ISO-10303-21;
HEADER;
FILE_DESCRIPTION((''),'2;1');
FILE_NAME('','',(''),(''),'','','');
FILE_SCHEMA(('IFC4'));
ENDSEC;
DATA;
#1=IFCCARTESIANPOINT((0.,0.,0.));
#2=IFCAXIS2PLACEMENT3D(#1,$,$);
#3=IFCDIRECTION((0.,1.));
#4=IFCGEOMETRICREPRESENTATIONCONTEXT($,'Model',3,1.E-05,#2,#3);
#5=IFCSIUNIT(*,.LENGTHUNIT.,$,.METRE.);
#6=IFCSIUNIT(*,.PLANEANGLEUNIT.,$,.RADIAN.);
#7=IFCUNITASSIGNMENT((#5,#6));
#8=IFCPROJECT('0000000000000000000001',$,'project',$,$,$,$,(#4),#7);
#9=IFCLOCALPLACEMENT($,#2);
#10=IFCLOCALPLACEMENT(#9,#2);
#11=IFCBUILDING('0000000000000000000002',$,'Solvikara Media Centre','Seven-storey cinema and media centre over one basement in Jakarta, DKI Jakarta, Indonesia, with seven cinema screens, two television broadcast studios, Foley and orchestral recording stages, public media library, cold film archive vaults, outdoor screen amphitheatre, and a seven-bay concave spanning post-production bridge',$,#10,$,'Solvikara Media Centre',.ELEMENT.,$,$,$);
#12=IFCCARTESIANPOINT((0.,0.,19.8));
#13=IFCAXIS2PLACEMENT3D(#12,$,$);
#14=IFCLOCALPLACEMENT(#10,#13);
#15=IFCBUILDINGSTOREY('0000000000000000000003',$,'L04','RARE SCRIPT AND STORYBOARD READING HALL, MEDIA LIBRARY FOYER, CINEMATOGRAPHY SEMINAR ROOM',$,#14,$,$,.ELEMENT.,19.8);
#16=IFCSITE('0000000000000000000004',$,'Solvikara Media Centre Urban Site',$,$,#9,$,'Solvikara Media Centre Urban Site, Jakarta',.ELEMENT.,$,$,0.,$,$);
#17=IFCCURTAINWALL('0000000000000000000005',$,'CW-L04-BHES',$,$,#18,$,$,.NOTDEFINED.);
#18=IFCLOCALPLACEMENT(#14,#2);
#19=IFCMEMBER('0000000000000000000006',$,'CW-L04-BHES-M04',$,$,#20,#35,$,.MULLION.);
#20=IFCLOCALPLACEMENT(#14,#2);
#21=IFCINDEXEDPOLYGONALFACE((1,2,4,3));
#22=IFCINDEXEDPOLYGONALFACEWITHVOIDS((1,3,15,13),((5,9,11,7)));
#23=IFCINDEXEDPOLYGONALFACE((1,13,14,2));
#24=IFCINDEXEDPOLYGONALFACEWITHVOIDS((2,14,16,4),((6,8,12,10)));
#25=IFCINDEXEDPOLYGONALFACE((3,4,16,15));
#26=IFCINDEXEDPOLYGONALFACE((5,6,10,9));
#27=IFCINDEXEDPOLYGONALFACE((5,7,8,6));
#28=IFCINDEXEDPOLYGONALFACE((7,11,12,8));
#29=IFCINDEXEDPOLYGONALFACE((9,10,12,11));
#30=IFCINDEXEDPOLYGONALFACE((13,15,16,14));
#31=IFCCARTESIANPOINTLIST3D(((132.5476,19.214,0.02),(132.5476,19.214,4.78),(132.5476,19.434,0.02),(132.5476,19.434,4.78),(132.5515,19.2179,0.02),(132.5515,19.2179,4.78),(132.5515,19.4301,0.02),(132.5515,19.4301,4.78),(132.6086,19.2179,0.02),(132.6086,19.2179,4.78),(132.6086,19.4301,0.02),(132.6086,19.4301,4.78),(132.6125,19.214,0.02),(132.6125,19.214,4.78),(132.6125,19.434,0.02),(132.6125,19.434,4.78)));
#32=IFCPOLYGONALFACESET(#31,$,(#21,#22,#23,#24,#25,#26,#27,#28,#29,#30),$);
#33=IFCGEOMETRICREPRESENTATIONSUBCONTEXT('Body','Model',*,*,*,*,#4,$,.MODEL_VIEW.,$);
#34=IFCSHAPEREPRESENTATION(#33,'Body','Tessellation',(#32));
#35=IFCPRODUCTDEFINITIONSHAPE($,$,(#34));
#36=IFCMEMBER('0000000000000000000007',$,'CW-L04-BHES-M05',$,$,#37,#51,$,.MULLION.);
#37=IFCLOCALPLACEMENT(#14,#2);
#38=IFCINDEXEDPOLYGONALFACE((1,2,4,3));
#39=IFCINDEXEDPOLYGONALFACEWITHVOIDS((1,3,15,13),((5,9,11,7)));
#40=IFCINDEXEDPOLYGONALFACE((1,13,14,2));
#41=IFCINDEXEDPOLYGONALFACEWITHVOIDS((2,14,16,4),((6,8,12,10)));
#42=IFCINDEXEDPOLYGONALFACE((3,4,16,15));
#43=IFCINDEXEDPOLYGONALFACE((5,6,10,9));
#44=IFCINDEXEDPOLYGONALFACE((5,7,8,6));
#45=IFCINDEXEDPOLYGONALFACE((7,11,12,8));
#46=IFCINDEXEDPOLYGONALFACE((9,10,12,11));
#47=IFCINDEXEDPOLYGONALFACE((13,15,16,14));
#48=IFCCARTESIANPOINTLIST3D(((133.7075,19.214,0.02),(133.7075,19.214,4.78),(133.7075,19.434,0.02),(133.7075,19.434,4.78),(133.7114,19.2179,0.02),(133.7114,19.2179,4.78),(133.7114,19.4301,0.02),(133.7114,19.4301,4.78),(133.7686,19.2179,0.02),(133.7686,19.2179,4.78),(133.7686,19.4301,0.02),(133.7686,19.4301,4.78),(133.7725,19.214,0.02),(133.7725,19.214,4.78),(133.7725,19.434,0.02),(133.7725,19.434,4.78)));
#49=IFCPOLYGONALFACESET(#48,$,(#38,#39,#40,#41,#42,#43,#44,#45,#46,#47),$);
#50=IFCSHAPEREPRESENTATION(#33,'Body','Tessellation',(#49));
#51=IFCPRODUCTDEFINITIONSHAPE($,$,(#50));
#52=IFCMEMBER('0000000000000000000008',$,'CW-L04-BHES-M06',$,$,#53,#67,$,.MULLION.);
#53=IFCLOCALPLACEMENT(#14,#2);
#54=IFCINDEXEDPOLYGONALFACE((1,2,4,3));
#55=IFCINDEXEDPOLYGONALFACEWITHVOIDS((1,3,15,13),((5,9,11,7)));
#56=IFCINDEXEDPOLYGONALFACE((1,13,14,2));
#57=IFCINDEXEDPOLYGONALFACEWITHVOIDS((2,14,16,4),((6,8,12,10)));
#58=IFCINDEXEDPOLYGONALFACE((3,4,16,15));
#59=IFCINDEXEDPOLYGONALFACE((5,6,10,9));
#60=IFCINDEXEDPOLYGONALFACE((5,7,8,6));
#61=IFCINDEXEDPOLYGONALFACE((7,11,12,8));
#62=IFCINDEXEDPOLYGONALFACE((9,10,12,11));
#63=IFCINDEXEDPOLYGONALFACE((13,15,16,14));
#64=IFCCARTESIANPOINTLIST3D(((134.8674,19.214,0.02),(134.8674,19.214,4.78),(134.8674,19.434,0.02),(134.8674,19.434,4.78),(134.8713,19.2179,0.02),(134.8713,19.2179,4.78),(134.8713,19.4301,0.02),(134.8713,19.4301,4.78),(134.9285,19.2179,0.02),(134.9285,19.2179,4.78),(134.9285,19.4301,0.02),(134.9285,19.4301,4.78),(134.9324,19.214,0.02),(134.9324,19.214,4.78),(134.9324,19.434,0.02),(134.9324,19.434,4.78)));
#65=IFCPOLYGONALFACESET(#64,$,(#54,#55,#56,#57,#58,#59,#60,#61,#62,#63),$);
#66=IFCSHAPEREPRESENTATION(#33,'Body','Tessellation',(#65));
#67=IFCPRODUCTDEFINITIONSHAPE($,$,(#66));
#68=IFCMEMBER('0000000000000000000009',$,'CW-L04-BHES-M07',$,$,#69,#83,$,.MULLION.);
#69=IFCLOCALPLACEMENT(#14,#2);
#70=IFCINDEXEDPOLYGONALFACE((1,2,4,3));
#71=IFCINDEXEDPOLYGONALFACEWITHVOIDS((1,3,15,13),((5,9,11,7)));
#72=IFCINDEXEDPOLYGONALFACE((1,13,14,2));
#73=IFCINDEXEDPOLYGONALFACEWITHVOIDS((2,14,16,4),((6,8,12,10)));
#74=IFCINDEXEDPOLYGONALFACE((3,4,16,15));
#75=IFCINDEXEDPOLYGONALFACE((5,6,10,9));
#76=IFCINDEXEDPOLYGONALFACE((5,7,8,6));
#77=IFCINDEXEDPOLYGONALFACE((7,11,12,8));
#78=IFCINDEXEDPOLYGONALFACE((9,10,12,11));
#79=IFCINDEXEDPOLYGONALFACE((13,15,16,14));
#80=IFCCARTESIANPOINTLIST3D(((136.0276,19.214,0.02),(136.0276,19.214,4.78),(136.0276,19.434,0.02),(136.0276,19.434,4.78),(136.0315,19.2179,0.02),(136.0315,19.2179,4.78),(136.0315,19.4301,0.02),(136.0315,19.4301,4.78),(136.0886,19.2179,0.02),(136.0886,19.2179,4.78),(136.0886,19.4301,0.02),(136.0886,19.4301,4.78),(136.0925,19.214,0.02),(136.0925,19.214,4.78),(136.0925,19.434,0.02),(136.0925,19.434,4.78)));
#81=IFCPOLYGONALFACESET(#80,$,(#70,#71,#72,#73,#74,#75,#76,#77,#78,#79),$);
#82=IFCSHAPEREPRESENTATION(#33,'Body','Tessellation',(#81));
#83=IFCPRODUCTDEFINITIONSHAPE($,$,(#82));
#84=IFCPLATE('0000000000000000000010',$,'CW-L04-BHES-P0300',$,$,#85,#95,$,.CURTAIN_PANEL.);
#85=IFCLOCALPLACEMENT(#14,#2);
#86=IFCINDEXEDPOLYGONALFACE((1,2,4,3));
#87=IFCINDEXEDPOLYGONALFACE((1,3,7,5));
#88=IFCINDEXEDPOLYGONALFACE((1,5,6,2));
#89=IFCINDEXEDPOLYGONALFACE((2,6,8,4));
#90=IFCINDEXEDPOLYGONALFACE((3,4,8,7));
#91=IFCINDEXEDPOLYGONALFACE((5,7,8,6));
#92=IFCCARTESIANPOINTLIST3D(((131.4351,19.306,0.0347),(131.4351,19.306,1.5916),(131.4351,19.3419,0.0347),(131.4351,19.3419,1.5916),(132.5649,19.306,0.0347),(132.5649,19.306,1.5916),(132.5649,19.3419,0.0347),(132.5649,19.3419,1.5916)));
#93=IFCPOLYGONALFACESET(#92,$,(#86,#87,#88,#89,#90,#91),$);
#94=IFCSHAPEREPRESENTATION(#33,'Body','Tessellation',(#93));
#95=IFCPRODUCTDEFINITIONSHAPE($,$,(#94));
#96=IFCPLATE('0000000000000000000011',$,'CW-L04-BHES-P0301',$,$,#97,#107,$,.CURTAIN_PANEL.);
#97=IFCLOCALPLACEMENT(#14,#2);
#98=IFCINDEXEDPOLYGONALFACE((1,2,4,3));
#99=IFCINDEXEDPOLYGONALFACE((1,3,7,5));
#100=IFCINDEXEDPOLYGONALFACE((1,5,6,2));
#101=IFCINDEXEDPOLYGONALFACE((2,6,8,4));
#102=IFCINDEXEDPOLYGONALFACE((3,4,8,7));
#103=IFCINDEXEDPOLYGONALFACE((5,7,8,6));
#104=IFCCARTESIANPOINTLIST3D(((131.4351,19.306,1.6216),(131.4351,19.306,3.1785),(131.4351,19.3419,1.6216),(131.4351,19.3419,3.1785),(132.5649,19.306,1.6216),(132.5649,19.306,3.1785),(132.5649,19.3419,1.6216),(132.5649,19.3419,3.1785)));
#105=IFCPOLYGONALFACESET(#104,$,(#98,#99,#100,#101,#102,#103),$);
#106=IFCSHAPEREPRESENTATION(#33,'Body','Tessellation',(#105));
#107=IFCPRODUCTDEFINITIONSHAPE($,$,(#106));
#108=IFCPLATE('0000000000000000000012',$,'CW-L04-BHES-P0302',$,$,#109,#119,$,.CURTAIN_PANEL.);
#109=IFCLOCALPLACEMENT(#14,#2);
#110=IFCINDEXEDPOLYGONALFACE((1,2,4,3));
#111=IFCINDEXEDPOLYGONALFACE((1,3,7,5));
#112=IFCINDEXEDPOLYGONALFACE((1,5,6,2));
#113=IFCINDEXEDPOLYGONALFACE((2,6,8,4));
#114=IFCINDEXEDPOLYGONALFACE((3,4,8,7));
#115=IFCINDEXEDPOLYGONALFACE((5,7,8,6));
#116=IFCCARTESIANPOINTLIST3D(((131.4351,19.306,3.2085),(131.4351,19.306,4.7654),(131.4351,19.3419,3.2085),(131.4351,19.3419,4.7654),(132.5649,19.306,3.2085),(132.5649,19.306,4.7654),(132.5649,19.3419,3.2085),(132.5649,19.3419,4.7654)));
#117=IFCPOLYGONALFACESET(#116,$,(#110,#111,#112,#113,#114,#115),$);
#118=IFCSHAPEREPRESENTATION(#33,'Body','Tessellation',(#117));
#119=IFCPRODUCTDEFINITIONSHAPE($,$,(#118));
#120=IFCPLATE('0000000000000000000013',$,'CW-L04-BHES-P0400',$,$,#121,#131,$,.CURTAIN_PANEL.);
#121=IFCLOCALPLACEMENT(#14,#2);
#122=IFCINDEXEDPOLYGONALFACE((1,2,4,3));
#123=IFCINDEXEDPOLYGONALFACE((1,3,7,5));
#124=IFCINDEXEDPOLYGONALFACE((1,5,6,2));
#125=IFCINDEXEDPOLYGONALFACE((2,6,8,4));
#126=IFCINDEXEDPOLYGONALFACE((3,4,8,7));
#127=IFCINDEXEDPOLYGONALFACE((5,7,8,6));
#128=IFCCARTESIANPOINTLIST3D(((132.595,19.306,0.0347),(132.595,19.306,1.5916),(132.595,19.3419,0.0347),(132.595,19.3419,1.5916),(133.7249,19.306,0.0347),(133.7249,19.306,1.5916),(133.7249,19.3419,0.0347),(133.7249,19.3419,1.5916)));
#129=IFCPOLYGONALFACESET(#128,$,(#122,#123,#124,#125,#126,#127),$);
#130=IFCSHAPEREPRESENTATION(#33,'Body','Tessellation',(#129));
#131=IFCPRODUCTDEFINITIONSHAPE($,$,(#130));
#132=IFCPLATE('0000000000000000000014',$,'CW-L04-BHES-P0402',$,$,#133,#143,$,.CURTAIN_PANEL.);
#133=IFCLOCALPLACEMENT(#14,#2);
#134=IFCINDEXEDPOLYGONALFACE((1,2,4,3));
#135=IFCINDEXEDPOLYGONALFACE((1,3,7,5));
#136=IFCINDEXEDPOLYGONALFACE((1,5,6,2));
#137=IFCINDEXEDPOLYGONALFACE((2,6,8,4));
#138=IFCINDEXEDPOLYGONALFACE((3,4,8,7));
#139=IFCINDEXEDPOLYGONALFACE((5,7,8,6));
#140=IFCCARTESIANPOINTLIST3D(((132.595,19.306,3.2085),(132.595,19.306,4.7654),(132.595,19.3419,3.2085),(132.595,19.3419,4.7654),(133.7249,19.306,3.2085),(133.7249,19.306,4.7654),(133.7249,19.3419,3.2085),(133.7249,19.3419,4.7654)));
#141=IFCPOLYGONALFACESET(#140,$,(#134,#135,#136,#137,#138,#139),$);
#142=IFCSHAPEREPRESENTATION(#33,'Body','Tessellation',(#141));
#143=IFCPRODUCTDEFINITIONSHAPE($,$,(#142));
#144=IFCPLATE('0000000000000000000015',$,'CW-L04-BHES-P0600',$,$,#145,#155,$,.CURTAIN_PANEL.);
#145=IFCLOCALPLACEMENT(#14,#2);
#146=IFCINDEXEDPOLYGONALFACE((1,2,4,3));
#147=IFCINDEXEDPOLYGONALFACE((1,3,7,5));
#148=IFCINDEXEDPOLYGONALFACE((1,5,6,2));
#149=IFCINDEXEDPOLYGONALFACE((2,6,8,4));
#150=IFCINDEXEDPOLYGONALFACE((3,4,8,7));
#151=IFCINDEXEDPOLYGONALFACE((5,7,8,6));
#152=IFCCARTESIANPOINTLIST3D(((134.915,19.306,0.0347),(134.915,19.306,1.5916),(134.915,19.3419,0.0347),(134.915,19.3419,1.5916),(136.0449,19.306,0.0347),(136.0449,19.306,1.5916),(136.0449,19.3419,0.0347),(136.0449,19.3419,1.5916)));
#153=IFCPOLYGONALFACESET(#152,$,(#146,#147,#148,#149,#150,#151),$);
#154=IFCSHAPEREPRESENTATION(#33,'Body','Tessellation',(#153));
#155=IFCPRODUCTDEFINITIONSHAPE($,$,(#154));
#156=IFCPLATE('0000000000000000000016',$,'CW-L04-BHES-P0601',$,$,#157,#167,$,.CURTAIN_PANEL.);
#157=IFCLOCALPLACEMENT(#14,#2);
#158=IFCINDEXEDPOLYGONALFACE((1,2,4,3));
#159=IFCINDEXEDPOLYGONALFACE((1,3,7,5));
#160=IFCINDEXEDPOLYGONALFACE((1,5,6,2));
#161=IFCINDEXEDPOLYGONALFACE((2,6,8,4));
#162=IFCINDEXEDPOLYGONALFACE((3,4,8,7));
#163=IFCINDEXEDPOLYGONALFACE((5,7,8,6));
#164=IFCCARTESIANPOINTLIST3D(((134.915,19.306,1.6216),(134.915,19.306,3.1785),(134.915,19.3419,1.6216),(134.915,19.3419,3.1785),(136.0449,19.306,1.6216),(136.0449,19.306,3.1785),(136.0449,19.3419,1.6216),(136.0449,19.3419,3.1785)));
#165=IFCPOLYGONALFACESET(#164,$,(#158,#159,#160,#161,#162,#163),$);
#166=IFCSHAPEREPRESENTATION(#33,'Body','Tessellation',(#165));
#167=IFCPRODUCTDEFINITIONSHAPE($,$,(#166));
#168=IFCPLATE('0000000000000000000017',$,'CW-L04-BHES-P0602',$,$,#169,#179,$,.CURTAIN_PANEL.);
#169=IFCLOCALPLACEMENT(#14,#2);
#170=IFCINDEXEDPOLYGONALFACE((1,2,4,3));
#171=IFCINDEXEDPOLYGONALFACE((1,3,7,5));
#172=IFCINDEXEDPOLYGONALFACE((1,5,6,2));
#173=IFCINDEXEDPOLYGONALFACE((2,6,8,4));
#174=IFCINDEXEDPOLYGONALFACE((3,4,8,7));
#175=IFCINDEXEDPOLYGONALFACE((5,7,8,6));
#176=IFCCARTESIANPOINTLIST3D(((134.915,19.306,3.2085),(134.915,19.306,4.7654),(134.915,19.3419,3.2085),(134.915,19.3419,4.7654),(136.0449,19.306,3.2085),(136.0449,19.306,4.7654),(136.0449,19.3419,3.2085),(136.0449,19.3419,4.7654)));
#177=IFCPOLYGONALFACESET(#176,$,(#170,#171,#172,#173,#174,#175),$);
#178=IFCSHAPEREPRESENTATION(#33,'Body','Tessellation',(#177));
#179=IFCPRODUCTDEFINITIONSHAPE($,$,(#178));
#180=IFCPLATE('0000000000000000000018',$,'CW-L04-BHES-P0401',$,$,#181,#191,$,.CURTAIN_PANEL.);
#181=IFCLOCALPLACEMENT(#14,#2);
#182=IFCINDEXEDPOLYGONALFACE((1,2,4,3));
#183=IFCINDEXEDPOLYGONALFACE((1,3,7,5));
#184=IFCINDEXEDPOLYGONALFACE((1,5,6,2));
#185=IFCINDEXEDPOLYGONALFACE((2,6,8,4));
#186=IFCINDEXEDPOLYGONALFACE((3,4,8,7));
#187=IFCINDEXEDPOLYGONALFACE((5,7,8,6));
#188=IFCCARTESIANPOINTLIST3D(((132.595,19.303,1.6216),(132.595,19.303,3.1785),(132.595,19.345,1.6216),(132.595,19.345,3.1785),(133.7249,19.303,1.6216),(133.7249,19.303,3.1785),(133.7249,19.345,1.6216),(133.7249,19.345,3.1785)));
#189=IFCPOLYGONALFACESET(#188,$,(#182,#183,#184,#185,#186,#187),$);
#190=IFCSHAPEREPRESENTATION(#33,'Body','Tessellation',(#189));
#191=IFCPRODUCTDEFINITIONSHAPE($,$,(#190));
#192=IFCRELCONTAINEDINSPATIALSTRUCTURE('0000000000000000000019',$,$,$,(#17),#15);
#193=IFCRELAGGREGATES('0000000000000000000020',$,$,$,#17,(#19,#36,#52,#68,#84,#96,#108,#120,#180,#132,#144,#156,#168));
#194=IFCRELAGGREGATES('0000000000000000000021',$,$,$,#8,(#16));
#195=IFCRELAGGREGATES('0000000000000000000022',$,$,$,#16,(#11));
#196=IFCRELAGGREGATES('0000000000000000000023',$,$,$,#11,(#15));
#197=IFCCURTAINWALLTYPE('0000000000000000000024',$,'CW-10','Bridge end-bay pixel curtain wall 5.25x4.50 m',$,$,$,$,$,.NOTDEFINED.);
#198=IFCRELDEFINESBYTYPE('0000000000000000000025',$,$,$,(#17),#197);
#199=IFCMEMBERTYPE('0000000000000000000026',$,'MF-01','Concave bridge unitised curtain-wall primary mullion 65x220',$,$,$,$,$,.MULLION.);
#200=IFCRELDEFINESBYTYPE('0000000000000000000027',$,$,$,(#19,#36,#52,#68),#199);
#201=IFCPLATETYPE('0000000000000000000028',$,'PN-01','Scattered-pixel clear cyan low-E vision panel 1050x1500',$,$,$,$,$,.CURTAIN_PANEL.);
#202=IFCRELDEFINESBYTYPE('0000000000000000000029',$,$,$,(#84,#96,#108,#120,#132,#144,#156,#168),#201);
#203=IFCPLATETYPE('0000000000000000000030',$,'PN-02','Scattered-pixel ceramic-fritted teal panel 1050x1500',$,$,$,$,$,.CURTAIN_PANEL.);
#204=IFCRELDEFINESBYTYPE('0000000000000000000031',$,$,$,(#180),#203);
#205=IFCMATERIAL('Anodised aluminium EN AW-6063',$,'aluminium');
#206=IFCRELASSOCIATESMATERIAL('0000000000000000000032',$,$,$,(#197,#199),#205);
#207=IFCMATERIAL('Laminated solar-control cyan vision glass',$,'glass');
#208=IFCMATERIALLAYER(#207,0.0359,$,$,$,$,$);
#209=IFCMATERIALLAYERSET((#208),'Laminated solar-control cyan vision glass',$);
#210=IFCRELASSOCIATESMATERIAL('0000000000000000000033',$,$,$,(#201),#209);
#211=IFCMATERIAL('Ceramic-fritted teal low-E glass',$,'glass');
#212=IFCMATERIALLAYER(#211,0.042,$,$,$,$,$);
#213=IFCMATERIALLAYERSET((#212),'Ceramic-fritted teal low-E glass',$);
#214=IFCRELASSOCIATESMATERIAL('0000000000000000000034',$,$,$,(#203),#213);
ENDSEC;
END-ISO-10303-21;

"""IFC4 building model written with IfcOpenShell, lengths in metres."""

from ifc_helpers import new_model, si_unit, direction, frame, origin, origin_2d, place, context, subcontext, project, spatial, rectangle, hollow_rectangle, extrude, material, layer, layer_set, material_profile, profile_set, type_object, element, aggregate, save


model = new_model("IFC4")

# Units and contexts
model_context = context("Model", 3, precision=1e-05, world=origin(), true_north=direction((0.0, 1.0)))
body_context = subcontext(model_context, "Body", "Model", "MODEL_VIEW")
ifc_project = project(units=[si_unit("LENGTHUNIT", "METRE"), si_unit("PLANEANGLEUNIT", "RADIAN")], contexts=[model_context])

# Site, building, storey
site_placement = place(None, origin())
site = spatial("IfcSite", under=ifc_project, at=site_placement, Name="Solvikara Media Centre Urban Site", LongName="Solvikara Media Centre Urban Site, Jakarta", CompositionType="ELEMENT", RefElevation=0.0)
building_placement = place(site_placement, origin())
building = spatial("IfcBuilding", under=site, at=building_placement, Name="Solvikara Media Centre", Description="Seven-storey cinema and media centre over one basement in Jakarta, DKI Jakarta, Indonesia, with seven cinema screens, two television broadcast studios, Foley and orchestral recording stages, public media library, cold film archive vaults, outdoor screen amphitheatre, and a seven-bay concave spanning post-production bridge", LongName="Solvikara Media Centre", CompositionType="ELEMENT")
storey_placement = place(building_placement, frame((0.0, 0.0, 19.8)))
storey = spatial("IfcBuildingStorey", under=building, at=storey_placement, Name="L04", Description="RARE SCRIPT AND STORYBOARD READING HALL, MEDIA LIBRARY FOYER, CINEMATOGRAPHY SEMINAR ROOM", CompositionType="ELEMENT", Elevation=19.8)

# Curtain wall, members, plates
ifc_material_1 = material(Name="Anodised aluminium EN AW-6063", Category="aluminium")
curtain_wall_type = type_object("IfcCurtainWallType", Name="CW-10", Description="Bridge end-bay pixel curtain wall 5.25x4.50 m", PredefinedType="NOTDEFINED", material=ifc_material_1)
curtain_wall_placement = place(storey_placement, origin())
curtain_wall = element("IfcCurtainWall", 1, at=curtain_wall_placement, inside=storey, type_object=curtain_wall_type, Name="CW-L04-BHES", PredefinedType="NOTDEFINED")
ifc_material_profile = material_profile(ifc_material_1, hollow_rectangle(XDim=0.0649, YDim=0.22, WallThickness=0.0039, at=origin_2d()), Name="ALU-M 65x220x4")
ifc_profile_set = profile_set([ifc_material_profile], Name="Anodised aluminium EN AW-6063")
member_type = type_object("IfcMemberType", Name="MF-01", Description="Concave bridge unitised curtain-wall primary mullion 65x220", PredefinedType="MULLION", material=ifc_profile_set)
member_1_placement = place(storey_placement, frame((132.5801, 19.324, 0.02), z_axis=(0.0, 0.0, 1.0), x_axis=(1.0, 0.0, 0.0)))
member_1 = element("IfcMember", 2, at=member_1_placement, type_object=member_type, Name="CW-L04-BHES-M04", PredefinedType="MULLION", context=body_context, shape_type="SweptSolid", body=[
    extrude(hollow_rectangle(XDim=0.0649, YDim=0.22, WallThickness=0.0039, at=origin_2d()), origin(), (0.0, 0.0, 1.0), 4.76),
])
member_2_placement = place(storey_placement, frame((133.74, 19.324, 0.02), z_axis=(0.0, 0.0, 1.0), x_axis=(1.0, 0.0, 0.0)))
member_2 = element("IfcMember", 3, at=member_2_placement, type_object=member_type, Name="CW-L04-BHES-M05", PredefinedType="MULLION", context=body_context, shape_type="SweptSolid", body=[
    extrude(hollow_rectangle(XDim=0.0649, YDim=0.22, WallThickness=0.0039, at=origin_2d()), origin(), (0.0, 0.0, 1.0), 4.76),
])
member_3_placement = place(storey_placement, frame((134.8999, 19.324, 0.02), z_axis=(0.0, 0.0, 1.0), x_axis=(1.0, 0.0, 0.0)))
member_3 = element("IfcMember", 4, at=member_3_placement, type_object=member_type, Name="CW-L04-BHES-M06", PredefinedType="MULLION", context=body_context, shape_type="SweptSolid", body=[
    extrude(hollow_rectangle(XDim=0.0649, YDim=0.22, WallThickness=0.0039, at=origin_2d()), origin(), (0.0, 0.0, 1.0), 4.76),
])
member_4_placement = place(storey_placement, frame((136.0601, 19.324, 0.02), z_axis=(0.0, 0.0, 1.0), x_axis=(1.0, 0.0, 0.0)))
member_4 = element("IfcMember", 5, at=member_4_placement, type_object=member_type, Name="CW-L04-BHES-M07", PredefinedType="MULLION", context=body_context, shape_type="SweptSolid", body=[
    extrude(hollow_rectangle(XDim=0.0649, YDim=0.22, WallThickness=0.0039, at=origin_2d()), origin(), (0.0, 0.0, 1.0), 4.76),
])
ifc_material_2 = material(Name="Laminated solar-control cyan vision glass", Category="glass")
ifc_layer_1 = layer(ifc_material_2, 0.0359)
ifc_layer_set_1 = layer_set([ifc_layer_1], Name="Laminated solar-control cyan vision glass")
plate_type_1 = type_object("IfcPlateType", Name="PN-01", Description="Scattered-pixel clear cyan low-E vision panel 1050x1500", PredefinedType="CURTAIN_PANEL", material=ifc_layer_set_1)
plate_1_placement = place(storey_placement, frame((132.0, 19.324, 0.0347), z_axis=(0.0, 0.0, 1.0), x_axis=(1.0, 0.0, 0.0)))
plate_1 = element("IfcPlate", 6, at=plate_1_placement, type_object=plate_type_1, Name="CW-L04-BHES-P0300", PredefinedType="CURTAIN_PANEL", context=body_context, shape_type="SweptSolid", body=[
    extrude(rectangle(XDim=1.1299, YDim=0.0359, at=origin_2d()), origin(), (0.0, 0.0, 1.0), 1.5569),
])
plate_2_placement = place(storey_placement, frame((132.0, 19.324, 1.6216), z_axis=(0.0, 0.0, 1.0), x_axis=(1.0, 0.0, 0.0)))
plate_2 = element("IfcPlate", 7, at=plate_2_placement, type_object=plate_type_1, Name="CW-L04-BHES-P0301", PredefinedType="CURTAIN_PANEL", context=body_context, shape_type="SweptSolid", body=[
    extrude(rectangle(XDim=1.1299, YDim=0.0359, at=origin_2d()), origin(), (0.0, 0.0, 1.0), 1.5569),
])
plate_3_placement = place(storey_placement, frame((132.0, 19.324, 3.2085), z_axis=(0.0, 0.0, 1.0), x_axis=(1.0, 0.0, 0.0)))
plate_3 = element("IfcPlate", 8, at=plate_3_placement, type_object=plate_type_1, Name="CW-L04-BHES-P0302", PredefinedType="CURTAIN_PANEL", context=body_context, shape_type="SweptSolid", body=[
    extrude(rectangle(XDim=1.1299, YDim=0.0359, at=origin_2d()), origin(), (0.0, 0.0, 1.0), 1.5569),
])
plate_4_placement = place(storey_placement, frame((133.1599, 19.324, 0.0347), z_axis=(0.0, 0.0, 1.0), x_axis=(1.0, 0.0, 0.0)))
plate_4 = element("IfcPlate", 9, at=plate_4_placement, type_object=plate_type_1, Name="CW-L04-BHES-P0400", PredefinedType="CURTAIN_PANEL", context=body_context, shape_type="SweptSolid", body=[
    extrude(rectangle(XDim=1.1299, YDim=0.0359, at=origin_2d()), origin(), (0.0, 0.0, 1.0), 1.5569),
])
plate_5_placement = place(storey_placement, frame((133.1599, 19.324, 3.2085), z_axis=(0.0, 0.0, 1.0), x_axis=(1.0, 0.0, 0.0)))
plate_5 = element("IfcPlate", 10, at=plate_5_placement, type_object=plate_type_1, Name="CW-L04-BHES-P0402", PredefinedType="CURTAIN_PANEL", context=body_context, shape_type="SweptSolid", body=[
    extrude(rectangle(XDim=1.1299, YDim=0.0359, at=origin_2d()), origin(), (0.0, 0.0, 1.0), 1.5569),
])
plate_6_placement = place(storey_placement, frame((135.48, 19.324, 0.0347), z_axis=(0.0, 0.0, 1.0), x_axis=(1.0, 0.0, 0.0)))
plate_6 = element("IfcPlate", 11, at=plate_6_placement, type_object=plate_type_1, Name="CW-L04-BHES-P0600", PredefinedType="CURTAIN_PANEL", context=body_context, shape_type="SweptSolid", body=[
    extrude(rectangle(XDim=1.1299, YDim=0.0359, at=origin_2d()), origin(), (0.0, 0.0, 1.0), 1.5569),
])
plate_7_placement = place(storey_placement, frame((135.48, 19.324, 1.6216), z_axis=(0.0, 0.0, 1.0), x_axis=(1.0, 0.0, 0.0)))
plate_7 = element("IfcPlate", 12, at=plate_7_placement, type_object=plate_type_1, Name="CW-L04-BHES-P0601", PredefinedType="CURTAIN_PANEL", context=body_context, shape_type="SweptSolid", body=[
    extrude(rectangle(XDim=1.1299, YDim=0.0359, at=origin_2d()), origin(), (0.0, 0.0, 1.0), 1.5569),
])
plate_8_placement = place(storey_placement, frame((135.48, 19.324, 3.2085), z_axis=(0.0, 0.0, 1.0), x_axis=(1.0, 0.0, 0.0)))
plate_8 = element("IfcPlate", 13, at=plate_8_placement, type_object=plate_type_1, Name="CW-L04-BHES-P0602", PredefinedType="CURTAIN_PANEL", context=body_context, shape_type="SweptSolid", body=[
    extrude(rectangle(XDim=1.1299, YDim=0.0359, at=origin_2d()), origin(), (0.0, 0.0, 1.0), 1.5569),
])
ifc_material_3 = material(Name="Ceramic-fritted teal low-E glass", Category="glass")
ifc_layer_2 = layer(ifc_material_3, 0.042)
ifc_layer_set_2 = layer_set([ifc_layer_2], Name="Ceramic-fritted teal low-E glass")
plate_type_2 = type_object("IfcPlateType", Name="PN-02", Description="Scattered-pixel ceramic-fritted teal panel 1050x1500", PredefinedType="CURTAIN_PANEL", material=ifc_layer_set_2)
plate_9_placement = place(storey_placement, frame((133.1599, 19.324, 1.6216), z_axis=(0.0, 0.0, 1.0), x_axis=(1.0, 0.0, 0.0)))
plate_9 = element("IfcPlate", 14, at=plate_9_placement, type_object=plate_type_2, Name="CW-L04-BHES-P0401", PredefinedType="CURTAIN_PANEL", context=body_context, shape_type="SweptSolid", body=[
    extrude(rectangle(XDim=1.1299, YDim=0.042, at=origin_2d()), origin(), (0.0, 0.0, 1.0), 1.5569),
])
aggregate(curtain_wall, [member_1, member_2, member_3, member_4, plate_1, plate_2, plate_3, plate_4, plate_9, plate_5, plate_6, plate_7, plate_8])

save(model, "model.ifc")
